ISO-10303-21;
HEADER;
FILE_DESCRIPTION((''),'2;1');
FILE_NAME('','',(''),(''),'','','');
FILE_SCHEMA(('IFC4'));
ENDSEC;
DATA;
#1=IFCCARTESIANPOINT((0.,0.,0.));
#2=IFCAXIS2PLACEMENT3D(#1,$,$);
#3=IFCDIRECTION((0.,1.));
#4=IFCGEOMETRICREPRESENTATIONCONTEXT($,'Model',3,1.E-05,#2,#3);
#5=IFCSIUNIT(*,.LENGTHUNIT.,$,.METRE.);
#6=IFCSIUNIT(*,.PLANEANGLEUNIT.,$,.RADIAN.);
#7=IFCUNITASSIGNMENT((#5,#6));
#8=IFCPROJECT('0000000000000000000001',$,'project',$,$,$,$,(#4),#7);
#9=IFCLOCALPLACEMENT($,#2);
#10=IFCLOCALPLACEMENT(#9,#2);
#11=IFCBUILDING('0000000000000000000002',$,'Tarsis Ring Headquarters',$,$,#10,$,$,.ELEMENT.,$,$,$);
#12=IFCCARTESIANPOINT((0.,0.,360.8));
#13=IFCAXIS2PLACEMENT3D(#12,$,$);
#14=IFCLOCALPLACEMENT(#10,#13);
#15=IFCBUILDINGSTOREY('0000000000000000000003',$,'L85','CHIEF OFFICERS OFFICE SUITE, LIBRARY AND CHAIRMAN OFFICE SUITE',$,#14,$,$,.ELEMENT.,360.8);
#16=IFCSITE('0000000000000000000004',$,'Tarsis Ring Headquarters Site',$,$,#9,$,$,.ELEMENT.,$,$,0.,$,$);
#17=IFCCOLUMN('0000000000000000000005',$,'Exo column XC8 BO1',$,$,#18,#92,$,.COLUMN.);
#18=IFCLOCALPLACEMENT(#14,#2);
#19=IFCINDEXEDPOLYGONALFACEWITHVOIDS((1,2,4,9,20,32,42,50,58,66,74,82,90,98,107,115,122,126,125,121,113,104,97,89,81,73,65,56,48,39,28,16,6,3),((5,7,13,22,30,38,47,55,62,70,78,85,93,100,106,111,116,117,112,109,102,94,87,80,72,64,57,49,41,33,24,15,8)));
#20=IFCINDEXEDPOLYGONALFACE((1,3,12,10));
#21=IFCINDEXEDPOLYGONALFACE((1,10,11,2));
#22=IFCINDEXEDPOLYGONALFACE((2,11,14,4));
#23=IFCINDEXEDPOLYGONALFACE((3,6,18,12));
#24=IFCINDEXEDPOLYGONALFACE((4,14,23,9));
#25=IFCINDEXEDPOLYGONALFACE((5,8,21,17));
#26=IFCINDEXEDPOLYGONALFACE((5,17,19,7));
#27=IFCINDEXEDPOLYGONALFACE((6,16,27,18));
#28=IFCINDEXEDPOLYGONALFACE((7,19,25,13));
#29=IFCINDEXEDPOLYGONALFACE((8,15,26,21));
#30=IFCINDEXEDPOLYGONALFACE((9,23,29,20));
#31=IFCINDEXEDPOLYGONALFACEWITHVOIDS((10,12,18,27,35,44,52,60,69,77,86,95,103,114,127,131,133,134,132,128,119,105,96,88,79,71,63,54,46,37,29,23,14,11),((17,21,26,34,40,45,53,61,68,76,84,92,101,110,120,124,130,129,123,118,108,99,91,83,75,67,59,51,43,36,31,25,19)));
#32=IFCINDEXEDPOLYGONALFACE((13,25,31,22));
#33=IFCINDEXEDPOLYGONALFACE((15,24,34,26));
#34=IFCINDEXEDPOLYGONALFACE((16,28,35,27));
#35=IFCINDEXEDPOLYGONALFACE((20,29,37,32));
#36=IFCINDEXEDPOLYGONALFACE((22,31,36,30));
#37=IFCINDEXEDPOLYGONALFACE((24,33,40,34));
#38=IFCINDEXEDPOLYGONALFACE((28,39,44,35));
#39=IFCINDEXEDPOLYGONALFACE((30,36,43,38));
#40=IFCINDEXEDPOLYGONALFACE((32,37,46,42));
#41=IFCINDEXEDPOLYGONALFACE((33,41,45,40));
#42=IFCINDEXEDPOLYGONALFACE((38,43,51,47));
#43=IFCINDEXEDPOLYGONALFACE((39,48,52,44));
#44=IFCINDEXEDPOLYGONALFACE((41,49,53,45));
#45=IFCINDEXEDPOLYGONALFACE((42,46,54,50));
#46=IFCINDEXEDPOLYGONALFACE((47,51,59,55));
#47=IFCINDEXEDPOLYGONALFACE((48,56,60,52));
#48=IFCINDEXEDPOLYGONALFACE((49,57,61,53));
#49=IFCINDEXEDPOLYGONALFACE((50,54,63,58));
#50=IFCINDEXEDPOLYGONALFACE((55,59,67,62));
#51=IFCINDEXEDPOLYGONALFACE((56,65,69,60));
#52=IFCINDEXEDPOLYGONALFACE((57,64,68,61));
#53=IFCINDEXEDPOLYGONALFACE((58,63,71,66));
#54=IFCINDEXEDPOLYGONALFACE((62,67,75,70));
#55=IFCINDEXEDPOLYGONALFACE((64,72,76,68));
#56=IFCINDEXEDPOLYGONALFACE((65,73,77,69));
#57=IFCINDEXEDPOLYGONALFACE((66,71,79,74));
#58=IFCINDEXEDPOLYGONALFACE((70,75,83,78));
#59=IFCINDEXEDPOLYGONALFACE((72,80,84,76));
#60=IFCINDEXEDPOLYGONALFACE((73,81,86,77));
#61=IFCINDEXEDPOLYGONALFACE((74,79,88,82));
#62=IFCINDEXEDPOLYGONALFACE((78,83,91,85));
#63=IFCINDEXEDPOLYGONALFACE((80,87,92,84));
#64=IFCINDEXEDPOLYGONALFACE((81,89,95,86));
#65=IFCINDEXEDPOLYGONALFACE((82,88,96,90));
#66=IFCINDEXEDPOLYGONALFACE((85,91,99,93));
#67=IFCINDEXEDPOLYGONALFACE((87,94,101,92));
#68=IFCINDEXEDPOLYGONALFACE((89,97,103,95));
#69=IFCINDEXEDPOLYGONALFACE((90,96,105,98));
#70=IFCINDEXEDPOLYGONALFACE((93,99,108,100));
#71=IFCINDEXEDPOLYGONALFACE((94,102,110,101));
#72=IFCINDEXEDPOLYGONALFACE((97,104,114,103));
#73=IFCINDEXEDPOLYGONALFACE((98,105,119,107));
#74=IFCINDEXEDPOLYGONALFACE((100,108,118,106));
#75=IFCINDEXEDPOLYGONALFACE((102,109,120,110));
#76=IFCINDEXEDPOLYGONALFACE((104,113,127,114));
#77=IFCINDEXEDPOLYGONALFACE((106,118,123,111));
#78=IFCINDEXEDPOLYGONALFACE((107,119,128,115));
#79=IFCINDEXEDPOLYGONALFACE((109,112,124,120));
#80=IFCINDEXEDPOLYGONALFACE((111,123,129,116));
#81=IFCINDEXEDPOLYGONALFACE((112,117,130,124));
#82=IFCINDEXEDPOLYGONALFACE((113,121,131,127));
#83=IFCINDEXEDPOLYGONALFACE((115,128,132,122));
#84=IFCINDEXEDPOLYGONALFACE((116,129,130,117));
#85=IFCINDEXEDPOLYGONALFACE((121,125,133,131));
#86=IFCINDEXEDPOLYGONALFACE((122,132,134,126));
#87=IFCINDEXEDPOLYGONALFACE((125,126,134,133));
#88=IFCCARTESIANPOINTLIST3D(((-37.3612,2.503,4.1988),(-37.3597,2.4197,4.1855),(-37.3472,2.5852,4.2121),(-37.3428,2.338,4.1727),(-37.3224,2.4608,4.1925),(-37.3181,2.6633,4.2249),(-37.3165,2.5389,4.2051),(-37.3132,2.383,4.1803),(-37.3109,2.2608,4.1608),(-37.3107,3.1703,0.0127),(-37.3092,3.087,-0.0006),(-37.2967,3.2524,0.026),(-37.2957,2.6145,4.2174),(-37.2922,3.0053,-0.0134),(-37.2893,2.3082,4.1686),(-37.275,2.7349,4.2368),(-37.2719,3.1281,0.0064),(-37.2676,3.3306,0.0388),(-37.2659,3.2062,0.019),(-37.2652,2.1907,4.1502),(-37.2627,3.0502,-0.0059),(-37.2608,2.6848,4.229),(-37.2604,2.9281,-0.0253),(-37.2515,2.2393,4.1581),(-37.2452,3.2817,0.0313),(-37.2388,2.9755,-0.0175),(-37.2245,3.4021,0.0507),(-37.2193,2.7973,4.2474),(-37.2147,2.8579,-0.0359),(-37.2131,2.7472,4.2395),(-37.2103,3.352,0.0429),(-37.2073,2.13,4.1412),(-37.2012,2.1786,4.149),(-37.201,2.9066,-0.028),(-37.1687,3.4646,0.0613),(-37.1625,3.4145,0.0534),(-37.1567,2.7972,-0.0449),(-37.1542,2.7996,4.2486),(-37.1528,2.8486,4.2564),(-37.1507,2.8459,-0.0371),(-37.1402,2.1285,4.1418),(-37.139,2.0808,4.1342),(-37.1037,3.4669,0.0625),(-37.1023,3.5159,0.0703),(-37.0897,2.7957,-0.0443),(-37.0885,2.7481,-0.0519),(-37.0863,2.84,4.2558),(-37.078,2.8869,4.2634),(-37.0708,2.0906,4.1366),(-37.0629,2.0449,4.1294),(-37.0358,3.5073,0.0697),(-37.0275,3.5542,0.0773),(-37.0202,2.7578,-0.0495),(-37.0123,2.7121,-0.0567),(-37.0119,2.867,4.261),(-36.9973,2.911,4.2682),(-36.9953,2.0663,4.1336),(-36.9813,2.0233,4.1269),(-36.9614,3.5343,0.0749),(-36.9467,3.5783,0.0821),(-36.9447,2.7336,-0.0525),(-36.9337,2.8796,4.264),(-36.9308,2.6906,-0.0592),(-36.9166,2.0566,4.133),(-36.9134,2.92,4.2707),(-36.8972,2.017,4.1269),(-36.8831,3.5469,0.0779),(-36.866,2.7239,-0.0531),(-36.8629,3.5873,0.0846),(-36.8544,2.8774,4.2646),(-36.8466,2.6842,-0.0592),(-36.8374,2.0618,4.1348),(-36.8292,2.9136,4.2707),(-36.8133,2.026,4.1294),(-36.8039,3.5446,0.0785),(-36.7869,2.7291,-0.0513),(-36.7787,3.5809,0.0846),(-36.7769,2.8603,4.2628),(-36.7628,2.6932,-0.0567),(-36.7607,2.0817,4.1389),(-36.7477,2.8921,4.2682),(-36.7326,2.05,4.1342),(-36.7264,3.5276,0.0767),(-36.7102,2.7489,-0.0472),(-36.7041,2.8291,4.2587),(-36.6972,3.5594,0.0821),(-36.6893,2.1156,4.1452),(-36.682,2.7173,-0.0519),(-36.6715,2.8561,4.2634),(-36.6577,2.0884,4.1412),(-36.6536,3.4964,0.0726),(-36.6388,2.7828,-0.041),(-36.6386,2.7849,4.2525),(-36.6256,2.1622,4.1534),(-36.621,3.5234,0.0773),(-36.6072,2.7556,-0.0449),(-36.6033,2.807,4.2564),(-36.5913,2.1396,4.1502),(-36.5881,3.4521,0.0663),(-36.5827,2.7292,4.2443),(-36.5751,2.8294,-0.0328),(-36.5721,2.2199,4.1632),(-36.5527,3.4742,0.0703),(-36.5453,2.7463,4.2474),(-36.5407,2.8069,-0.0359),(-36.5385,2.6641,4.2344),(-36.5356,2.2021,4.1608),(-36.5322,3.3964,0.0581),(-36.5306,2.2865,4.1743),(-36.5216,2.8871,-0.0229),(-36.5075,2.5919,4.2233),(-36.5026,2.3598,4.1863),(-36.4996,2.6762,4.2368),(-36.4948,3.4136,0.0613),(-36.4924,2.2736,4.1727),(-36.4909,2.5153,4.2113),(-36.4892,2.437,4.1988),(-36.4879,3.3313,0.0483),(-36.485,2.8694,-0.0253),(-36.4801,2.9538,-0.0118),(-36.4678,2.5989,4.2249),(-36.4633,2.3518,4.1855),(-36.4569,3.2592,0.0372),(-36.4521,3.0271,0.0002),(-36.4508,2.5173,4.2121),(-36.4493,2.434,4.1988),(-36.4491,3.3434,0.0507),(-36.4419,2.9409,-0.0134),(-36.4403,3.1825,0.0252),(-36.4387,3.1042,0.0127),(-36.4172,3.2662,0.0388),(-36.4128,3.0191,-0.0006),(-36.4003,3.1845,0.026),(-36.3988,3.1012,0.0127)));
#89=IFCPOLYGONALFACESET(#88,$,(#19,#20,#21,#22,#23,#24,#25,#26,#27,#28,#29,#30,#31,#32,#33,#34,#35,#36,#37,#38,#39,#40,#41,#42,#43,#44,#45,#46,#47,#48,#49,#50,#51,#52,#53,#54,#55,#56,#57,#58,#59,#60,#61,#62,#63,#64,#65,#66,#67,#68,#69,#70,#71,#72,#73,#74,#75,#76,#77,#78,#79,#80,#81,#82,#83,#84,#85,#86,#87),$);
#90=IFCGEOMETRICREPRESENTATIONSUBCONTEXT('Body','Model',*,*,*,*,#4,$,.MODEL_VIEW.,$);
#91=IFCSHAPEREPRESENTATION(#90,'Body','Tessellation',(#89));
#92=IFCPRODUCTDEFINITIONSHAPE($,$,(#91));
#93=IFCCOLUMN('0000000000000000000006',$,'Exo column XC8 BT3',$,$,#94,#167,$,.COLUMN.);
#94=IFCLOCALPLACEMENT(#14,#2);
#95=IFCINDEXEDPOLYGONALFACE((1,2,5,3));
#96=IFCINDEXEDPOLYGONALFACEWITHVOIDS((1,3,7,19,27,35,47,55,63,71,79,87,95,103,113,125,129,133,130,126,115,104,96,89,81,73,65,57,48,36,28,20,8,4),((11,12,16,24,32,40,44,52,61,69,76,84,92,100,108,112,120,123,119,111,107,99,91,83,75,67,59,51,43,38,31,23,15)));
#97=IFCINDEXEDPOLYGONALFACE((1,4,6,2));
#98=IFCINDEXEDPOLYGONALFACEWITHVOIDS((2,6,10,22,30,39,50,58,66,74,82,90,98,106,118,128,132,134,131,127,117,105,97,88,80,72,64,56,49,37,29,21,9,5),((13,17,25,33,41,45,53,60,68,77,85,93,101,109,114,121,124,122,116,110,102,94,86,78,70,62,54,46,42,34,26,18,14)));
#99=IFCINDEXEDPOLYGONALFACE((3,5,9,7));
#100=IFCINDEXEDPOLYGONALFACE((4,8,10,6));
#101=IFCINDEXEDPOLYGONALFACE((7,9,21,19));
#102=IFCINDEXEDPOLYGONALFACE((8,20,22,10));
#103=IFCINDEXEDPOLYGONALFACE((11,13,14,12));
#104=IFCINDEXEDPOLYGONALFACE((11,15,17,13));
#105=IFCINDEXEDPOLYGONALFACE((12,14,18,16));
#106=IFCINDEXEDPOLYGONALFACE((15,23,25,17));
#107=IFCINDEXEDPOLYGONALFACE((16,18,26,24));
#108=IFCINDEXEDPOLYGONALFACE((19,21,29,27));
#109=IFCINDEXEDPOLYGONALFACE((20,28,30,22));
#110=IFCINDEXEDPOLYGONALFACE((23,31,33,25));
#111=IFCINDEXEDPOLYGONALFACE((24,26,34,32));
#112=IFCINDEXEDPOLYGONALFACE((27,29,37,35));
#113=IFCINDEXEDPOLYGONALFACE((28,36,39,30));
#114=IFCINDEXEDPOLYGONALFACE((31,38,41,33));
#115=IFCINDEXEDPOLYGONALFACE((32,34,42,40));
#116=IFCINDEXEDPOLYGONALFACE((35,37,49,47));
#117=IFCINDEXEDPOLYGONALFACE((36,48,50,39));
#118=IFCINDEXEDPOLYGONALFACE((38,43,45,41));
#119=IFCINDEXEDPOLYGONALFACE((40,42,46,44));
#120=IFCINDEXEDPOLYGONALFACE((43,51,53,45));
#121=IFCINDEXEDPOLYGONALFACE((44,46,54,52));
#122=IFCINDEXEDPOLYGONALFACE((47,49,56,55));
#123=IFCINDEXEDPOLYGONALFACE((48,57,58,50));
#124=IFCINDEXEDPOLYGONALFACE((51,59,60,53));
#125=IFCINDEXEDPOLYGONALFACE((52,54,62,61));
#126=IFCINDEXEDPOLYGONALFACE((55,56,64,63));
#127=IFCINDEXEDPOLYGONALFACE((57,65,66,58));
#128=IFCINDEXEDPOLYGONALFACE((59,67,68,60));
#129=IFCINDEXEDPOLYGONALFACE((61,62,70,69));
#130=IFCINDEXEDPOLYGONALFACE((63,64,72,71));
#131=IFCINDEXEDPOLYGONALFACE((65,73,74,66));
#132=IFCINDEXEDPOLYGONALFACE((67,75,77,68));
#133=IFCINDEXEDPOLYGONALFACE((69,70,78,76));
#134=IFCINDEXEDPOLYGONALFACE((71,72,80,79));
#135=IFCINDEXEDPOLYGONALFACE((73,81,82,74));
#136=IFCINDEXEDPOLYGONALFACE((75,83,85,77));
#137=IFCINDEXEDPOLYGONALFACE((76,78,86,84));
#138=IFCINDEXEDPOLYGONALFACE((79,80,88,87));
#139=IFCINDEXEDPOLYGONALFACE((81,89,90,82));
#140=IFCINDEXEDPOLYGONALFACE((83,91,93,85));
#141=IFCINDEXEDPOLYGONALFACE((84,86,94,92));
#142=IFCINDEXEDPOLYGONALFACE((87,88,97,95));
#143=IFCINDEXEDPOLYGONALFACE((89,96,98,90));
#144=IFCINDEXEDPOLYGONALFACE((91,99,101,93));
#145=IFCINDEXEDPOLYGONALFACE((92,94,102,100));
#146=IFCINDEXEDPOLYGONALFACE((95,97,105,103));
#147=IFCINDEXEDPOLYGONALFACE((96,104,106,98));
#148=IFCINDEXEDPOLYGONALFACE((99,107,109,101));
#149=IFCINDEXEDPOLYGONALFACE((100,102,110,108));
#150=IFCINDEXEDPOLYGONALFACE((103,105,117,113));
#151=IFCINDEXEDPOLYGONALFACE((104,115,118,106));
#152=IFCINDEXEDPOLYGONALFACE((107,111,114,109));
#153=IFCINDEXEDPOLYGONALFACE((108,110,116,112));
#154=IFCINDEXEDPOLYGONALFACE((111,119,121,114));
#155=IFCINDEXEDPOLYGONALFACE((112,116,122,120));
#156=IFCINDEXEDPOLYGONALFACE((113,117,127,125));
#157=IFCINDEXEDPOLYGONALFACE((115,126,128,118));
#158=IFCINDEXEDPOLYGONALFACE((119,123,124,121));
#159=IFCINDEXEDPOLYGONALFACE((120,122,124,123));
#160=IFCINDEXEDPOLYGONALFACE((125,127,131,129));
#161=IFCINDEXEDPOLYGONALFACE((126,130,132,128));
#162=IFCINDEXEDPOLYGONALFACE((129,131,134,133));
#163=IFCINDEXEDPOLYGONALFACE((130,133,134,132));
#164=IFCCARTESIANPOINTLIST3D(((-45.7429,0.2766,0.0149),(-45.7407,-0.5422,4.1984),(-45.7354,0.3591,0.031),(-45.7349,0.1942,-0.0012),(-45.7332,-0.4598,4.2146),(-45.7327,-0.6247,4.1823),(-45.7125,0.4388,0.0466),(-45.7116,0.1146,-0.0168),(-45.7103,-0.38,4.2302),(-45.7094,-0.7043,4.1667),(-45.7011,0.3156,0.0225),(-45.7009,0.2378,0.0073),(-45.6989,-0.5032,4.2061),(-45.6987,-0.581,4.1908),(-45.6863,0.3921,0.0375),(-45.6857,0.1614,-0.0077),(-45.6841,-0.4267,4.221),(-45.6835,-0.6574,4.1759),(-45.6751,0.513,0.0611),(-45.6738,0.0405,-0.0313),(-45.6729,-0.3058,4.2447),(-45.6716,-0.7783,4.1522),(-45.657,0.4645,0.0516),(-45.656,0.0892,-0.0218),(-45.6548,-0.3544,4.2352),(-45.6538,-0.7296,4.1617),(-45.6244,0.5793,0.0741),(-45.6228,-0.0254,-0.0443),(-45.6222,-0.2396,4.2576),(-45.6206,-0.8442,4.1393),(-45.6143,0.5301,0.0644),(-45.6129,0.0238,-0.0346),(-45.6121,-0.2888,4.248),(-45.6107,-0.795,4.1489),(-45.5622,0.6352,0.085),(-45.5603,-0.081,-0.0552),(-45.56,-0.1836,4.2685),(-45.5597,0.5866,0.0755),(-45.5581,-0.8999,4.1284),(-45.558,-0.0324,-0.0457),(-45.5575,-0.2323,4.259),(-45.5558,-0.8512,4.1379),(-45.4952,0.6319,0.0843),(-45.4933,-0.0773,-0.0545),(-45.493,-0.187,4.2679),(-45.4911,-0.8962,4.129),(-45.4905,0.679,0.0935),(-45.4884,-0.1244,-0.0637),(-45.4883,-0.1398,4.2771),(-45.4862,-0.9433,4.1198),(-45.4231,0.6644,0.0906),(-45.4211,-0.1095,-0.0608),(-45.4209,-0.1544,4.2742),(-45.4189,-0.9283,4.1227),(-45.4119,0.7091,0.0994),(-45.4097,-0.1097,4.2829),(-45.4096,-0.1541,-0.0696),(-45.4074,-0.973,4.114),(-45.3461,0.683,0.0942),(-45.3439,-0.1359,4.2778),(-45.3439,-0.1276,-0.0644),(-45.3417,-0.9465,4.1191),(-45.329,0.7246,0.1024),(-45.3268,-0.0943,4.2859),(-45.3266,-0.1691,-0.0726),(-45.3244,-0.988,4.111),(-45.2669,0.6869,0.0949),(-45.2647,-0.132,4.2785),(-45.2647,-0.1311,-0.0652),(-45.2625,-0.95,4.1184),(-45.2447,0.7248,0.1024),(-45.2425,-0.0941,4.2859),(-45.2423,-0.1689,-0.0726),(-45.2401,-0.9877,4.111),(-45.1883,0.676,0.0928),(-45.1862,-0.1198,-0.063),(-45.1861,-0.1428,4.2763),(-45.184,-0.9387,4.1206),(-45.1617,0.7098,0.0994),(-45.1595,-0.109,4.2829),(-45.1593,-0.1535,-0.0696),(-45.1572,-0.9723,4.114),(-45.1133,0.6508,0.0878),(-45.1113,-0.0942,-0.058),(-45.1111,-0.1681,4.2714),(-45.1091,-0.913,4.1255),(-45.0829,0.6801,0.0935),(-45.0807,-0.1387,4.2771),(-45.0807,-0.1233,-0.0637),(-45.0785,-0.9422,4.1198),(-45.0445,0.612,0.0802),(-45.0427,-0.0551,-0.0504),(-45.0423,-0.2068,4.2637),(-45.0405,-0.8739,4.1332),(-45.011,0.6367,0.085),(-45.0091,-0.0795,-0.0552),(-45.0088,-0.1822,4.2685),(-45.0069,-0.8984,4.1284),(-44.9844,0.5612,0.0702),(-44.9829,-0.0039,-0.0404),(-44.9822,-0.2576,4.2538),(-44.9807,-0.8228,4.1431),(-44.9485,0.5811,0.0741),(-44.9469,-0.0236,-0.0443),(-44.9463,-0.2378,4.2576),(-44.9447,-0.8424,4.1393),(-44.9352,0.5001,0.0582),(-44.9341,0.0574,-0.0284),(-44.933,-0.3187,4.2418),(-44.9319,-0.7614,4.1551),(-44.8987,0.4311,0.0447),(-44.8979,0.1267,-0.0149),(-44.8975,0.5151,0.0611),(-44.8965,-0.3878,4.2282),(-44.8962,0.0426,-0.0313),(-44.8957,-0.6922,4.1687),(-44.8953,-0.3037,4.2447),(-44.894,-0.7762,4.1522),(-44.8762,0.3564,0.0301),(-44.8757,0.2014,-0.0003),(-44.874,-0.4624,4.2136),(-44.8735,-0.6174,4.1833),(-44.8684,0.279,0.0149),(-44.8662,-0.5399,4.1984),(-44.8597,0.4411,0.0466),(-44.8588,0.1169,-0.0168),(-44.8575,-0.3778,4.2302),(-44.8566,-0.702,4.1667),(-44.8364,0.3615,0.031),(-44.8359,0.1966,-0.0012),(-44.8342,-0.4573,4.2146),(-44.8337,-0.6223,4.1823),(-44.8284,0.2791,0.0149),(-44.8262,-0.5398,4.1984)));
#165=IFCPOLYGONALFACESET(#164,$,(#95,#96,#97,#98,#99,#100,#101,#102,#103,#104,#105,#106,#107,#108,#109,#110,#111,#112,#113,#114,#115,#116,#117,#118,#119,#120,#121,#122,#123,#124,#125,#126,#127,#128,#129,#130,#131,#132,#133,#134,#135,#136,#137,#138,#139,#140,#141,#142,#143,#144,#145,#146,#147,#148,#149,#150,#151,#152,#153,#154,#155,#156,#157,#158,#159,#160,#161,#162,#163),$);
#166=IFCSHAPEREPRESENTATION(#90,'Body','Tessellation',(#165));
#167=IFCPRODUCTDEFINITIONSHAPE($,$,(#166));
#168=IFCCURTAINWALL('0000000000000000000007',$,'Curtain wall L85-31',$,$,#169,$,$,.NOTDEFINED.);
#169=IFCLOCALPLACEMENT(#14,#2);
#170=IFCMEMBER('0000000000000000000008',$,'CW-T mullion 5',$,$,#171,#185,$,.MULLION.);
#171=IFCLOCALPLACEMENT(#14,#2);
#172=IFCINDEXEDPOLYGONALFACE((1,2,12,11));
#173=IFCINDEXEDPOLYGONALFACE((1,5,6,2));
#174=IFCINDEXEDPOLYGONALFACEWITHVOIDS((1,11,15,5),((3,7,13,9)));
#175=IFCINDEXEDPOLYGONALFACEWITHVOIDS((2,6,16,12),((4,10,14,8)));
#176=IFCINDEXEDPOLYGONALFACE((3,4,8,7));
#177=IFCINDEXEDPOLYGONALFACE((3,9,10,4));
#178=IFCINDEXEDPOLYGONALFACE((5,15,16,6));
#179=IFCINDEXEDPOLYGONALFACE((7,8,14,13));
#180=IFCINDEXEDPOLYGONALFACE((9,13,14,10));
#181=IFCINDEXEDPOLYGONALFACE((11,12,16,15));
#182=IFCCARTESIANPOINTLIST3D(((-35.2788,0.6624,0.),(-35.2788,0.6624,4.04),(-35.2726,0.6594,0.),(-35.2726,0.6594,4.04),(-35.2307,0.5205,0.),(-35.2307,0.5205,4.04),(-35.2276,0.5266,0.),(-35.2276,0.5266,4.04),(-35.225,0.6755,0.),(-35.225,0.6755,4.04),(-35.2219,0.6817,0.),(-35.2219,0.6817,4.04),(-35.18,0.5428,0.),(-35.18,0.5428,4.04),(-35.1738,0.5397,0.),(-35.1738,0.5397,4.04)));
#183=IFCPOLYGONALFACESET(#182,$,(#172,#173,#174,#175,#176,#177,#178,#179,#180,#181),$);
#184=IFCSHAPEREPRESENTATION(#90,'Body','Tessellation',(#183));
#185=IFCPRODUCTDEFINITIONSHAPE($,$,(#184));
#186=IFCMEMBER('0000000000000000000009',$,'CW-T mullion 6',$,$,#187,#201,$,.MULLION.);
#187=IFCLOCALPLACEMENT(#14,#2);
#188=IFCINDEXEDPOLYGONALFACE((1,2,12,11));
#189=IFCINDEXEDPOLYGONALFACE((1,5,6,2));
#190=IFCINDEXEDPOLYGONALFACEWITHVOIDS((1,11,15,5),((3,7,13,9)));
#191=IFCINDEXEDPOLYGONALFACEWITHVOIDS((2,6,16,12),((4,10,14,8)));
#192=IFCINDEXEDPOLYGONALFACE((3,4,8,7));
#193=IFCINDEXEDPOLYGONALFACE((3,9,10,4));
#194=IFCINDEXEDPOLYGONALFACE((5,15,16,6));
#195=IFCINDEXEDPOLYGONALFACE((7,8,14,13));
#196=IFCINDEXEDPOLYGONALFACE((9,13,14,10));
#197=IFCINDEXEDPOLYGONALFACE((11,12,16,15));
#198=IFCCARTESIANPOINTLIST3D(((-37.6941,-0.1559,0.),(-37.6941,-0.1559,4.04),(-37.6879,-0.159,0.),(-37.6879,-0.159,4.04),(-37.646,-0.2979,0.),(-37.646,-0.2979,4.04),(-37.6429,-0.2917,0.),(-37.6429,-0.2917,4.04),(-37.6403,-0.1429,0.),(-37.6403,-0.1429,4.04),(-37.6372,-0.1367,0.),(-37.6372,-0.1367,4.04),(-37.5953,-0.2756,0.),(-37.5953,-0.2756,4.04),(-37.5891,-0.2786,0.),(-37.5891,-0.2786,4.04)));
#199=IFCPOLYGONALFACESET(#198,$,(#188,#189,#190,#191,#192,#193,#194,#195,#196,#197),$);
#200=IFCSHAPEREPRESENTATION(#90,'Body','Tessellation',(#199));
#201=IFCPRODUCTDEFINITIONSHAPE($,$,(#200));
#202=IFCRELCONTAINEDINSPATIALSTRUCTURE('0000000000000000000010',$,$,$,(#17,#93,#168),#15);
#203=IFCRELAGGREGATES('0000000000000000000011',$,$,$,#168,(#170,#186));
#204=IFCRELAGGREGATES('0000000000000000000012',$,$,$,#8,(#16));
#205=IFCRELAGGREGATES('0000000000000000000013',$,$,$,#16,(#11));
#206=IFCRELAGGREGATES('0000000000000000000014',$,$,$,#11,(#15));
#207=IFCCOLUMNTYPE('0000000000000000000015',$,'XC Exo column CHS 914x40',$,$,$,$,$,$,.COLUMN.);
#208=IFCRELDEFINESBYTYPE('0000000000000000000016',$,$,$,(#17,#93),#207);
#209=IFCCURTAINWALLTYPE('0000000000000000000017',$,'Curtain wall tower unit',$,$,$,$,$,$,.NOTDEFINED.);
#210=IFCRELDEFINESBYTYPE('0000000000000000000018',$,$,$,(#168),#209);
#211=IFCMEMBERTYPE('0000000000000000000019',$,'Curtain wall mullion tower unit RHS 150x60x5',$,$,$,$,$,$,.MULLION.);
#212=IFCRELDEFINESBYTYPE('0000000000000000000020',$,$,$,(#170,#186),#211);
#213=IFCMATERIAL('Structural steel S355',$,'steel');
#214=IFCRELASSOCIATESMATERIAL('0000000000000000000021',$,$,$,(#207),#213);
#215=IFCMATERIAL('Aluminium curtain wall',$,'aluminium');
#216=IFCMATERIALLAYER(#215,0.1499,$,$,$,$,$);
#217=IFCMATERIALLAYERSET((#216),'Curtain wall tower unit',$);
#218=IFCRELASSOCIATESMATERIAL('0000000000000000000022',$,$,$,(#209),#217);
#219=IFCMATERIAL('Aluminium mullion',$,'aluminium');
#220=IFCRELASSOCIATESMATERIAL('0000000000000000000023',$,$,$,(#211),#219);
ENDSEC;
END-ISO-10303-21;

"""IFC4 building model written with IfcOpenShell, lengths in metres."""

from ifc_helpers import new_model, si_unit, direction, frame, origin, origin_2d, place, context, subcontext, project, spatial, hollow_rectangle, hollow_circle, extrude, material, layer, layer_set, material_profile, profile_set, type_object, element, aggregate, save


model = new_model("IFC4")

# Units and contexts
model_context = context("Model", 3, precision=1e-05, world=origin(), true_north=direction((0.0, 1.0)))
body_context = subcontext(model_context, "Body", "Model", "MODEL_VIEW")
ifc_project = project(units=[si_unit("LENGTHUNIT", "METRE"), si_unit("PLANEANGLEUNIT", "RADIAN")], contexts=[model_context])

# Site, building, storey
site_placement = place(None, origin())
site = spatial("IfcSite", under=ifc_project, at=site_placement, Name="Tarsis Ring Headquarters Site", CompositionType="ELEMENT", RefElevation=0.0)
building_placement = place(site_placement, origin())
building = spatial("IfcBuilding", under=site, at=building_placement, Name="Tarsis Ring Headquarters", CompositionType="ELEMENT")
storey_placement = place(building_placement, frame((0.0, 0.0, 360.8)))
storey = spatial("IfcBuildingStorey", under=building, at=storey_placement, Name="L85", Description="CHIEF OFFICERS OFFICE SUITE, LIBRARY AND CHAIRMAN OFFICE SUITE", CompositionType="ELEMENT", Elevation=360.8)

# Columns
ifc_material_1 = material(Name="Structural steel S355", Category="steel")
ifc_material_profile_1 = material_profile(ifc_material_1, hollow_circle(Radius=0.457, WallThickness=0.04, at=origin_2d()), Name="CHS 914x40")
ifc_profile_set_1 = profile_set([ifc_material_profile_1], Name="Structural steel S355")
column_type = type_object("IfcColumnType", Name="XC Exo column CHS 914x40", PredefinedType="COLUMN", material=ifc_profile_set_1)
column_1_placement = place(storey_placement, frame((-36.8547, 3.1357, 0.0127), z_axis=(-0.011921, -0.157397, 0.987463), x_axis=(0.997144, -0.075525, 0.0)))
element("IfcColumn", 1, at=column_1_placement, inside=storey, type_object=column_type, Name="Exo column XC8 BO1", PredefinedType="COLUMN", context=body_context, shape_type="SweptSolid", body=[
    extrude(hollow_circle(Radius=0.4573, WallThickness=0.04, at=origin_2d()), origin(), (0.0, 0.0, 1.0), 4.2393),
])
column_2_placement = place(storey_placement, frame((-45.2856, 0.2778, 0.0149), z_axis=(0.000515, -0.192084, 0.981378), x_axis=(0.999996, 0.002683, 0.0)))
element("IfcColumn", 2, at=column_2_placement, inside=storey, type_object=column_type, Name="Exo column XC8 BT3", PredefinedType="COLUMN", context=body_context, shape_type="SweptSolid", body=[
    extrude(hollow_circle(Radius=0.4573, WallThickness=0.04, at=origin_2d()), origin(), (0.0, 0.0, 1.0), 4.2629),
])

# Curtain wall, members
ifc_material_2 = material(Name="Aluminium curtain wall", Category="aluminium")
ifc_layer_1 = layer(ifc_material_2, 0.1499)
ifc_layer_set_1 = layer_set([ifc_layer_1], Name="Curtain wall tower unit")
curtain_wall_type = type_object("IfcCurtainWallType", Name="Curtain wall tower unit", PredefinedType="NOTDEFINED", material=ifc_layer_set_1)
curtain_wall_placement = place(storey_placement, origin())
curtain_wall = element("IfcCurtainWall", 3, at=curtain_wall_placement, inside=storey, type_object=curtain_wall_type, Name="Curtain wall L85-31", PredefinedType="NOTDEFINED")
ifc_material_3 = material(Name="Aluminium mullion", Category="aluminium")
ifc_material_profile_2 = material_profile(ifc_material_3, hollow_rectangle(XDim=0.1499, YDim=0.0601, WallThickness=0.0049, at=origin_2d()), Name="RHS 150x60x5")
ifc_profile_set_2 = profile_set([ifc_material_profile_2], Name="Aluminium mullion")
member_type_1 = type_object("IfcMemberType", Name="Curtain wall mullion tower unit RHS 150x60x5", PredefinedType="MULLION", material=ifc_profile_set_2)
member_1_placement = place(storey_placement, frame((-35.2263, 0.6011, 0.0), z_axis=(0.0, 0.0, 1.0), x_axis=(0.320944, -0.947098, 0.0)))
member_1 = element("IfcMember", 4, at=member_1_placement, type_object=member_type_1, Name="CW-T mullion 5", PredefinedType="MULLION", context=body_context, shape_type="SweptSolid", body=[
    extrude(hollow_rectangle(XDim=0.1499, YDim=0.0601, WallThickness=0.0049, at=origin_2d()), origin(), (0.0, 0.0, 1.0), 4.04),
])
member_2_placement = place(storey_placement, frame((-37.6416, -0.2173, 0.0), z_axis=(0.0, 0.0, 1.0), x_axis=(0.320944, -0.947098, 0.0)))
member_2 = element("IfcMember", 5, at=member_2_placement, type_object=member_type_1, Name="CW-T mullion 6", PredefinedType="MULLION", context=body_context, shape_type="SweptSolid", body=[
    extrude(hollow_rectangle(XDim=0.1499, YDim=0.0601, WallThickness=0.0049, at=origin_2d()), origin(), (0.0, 0.0, 1.0), 4.04),
])

aggregate(curtain_wall, [member_1, member_2])

save(model, "model.ifc")
